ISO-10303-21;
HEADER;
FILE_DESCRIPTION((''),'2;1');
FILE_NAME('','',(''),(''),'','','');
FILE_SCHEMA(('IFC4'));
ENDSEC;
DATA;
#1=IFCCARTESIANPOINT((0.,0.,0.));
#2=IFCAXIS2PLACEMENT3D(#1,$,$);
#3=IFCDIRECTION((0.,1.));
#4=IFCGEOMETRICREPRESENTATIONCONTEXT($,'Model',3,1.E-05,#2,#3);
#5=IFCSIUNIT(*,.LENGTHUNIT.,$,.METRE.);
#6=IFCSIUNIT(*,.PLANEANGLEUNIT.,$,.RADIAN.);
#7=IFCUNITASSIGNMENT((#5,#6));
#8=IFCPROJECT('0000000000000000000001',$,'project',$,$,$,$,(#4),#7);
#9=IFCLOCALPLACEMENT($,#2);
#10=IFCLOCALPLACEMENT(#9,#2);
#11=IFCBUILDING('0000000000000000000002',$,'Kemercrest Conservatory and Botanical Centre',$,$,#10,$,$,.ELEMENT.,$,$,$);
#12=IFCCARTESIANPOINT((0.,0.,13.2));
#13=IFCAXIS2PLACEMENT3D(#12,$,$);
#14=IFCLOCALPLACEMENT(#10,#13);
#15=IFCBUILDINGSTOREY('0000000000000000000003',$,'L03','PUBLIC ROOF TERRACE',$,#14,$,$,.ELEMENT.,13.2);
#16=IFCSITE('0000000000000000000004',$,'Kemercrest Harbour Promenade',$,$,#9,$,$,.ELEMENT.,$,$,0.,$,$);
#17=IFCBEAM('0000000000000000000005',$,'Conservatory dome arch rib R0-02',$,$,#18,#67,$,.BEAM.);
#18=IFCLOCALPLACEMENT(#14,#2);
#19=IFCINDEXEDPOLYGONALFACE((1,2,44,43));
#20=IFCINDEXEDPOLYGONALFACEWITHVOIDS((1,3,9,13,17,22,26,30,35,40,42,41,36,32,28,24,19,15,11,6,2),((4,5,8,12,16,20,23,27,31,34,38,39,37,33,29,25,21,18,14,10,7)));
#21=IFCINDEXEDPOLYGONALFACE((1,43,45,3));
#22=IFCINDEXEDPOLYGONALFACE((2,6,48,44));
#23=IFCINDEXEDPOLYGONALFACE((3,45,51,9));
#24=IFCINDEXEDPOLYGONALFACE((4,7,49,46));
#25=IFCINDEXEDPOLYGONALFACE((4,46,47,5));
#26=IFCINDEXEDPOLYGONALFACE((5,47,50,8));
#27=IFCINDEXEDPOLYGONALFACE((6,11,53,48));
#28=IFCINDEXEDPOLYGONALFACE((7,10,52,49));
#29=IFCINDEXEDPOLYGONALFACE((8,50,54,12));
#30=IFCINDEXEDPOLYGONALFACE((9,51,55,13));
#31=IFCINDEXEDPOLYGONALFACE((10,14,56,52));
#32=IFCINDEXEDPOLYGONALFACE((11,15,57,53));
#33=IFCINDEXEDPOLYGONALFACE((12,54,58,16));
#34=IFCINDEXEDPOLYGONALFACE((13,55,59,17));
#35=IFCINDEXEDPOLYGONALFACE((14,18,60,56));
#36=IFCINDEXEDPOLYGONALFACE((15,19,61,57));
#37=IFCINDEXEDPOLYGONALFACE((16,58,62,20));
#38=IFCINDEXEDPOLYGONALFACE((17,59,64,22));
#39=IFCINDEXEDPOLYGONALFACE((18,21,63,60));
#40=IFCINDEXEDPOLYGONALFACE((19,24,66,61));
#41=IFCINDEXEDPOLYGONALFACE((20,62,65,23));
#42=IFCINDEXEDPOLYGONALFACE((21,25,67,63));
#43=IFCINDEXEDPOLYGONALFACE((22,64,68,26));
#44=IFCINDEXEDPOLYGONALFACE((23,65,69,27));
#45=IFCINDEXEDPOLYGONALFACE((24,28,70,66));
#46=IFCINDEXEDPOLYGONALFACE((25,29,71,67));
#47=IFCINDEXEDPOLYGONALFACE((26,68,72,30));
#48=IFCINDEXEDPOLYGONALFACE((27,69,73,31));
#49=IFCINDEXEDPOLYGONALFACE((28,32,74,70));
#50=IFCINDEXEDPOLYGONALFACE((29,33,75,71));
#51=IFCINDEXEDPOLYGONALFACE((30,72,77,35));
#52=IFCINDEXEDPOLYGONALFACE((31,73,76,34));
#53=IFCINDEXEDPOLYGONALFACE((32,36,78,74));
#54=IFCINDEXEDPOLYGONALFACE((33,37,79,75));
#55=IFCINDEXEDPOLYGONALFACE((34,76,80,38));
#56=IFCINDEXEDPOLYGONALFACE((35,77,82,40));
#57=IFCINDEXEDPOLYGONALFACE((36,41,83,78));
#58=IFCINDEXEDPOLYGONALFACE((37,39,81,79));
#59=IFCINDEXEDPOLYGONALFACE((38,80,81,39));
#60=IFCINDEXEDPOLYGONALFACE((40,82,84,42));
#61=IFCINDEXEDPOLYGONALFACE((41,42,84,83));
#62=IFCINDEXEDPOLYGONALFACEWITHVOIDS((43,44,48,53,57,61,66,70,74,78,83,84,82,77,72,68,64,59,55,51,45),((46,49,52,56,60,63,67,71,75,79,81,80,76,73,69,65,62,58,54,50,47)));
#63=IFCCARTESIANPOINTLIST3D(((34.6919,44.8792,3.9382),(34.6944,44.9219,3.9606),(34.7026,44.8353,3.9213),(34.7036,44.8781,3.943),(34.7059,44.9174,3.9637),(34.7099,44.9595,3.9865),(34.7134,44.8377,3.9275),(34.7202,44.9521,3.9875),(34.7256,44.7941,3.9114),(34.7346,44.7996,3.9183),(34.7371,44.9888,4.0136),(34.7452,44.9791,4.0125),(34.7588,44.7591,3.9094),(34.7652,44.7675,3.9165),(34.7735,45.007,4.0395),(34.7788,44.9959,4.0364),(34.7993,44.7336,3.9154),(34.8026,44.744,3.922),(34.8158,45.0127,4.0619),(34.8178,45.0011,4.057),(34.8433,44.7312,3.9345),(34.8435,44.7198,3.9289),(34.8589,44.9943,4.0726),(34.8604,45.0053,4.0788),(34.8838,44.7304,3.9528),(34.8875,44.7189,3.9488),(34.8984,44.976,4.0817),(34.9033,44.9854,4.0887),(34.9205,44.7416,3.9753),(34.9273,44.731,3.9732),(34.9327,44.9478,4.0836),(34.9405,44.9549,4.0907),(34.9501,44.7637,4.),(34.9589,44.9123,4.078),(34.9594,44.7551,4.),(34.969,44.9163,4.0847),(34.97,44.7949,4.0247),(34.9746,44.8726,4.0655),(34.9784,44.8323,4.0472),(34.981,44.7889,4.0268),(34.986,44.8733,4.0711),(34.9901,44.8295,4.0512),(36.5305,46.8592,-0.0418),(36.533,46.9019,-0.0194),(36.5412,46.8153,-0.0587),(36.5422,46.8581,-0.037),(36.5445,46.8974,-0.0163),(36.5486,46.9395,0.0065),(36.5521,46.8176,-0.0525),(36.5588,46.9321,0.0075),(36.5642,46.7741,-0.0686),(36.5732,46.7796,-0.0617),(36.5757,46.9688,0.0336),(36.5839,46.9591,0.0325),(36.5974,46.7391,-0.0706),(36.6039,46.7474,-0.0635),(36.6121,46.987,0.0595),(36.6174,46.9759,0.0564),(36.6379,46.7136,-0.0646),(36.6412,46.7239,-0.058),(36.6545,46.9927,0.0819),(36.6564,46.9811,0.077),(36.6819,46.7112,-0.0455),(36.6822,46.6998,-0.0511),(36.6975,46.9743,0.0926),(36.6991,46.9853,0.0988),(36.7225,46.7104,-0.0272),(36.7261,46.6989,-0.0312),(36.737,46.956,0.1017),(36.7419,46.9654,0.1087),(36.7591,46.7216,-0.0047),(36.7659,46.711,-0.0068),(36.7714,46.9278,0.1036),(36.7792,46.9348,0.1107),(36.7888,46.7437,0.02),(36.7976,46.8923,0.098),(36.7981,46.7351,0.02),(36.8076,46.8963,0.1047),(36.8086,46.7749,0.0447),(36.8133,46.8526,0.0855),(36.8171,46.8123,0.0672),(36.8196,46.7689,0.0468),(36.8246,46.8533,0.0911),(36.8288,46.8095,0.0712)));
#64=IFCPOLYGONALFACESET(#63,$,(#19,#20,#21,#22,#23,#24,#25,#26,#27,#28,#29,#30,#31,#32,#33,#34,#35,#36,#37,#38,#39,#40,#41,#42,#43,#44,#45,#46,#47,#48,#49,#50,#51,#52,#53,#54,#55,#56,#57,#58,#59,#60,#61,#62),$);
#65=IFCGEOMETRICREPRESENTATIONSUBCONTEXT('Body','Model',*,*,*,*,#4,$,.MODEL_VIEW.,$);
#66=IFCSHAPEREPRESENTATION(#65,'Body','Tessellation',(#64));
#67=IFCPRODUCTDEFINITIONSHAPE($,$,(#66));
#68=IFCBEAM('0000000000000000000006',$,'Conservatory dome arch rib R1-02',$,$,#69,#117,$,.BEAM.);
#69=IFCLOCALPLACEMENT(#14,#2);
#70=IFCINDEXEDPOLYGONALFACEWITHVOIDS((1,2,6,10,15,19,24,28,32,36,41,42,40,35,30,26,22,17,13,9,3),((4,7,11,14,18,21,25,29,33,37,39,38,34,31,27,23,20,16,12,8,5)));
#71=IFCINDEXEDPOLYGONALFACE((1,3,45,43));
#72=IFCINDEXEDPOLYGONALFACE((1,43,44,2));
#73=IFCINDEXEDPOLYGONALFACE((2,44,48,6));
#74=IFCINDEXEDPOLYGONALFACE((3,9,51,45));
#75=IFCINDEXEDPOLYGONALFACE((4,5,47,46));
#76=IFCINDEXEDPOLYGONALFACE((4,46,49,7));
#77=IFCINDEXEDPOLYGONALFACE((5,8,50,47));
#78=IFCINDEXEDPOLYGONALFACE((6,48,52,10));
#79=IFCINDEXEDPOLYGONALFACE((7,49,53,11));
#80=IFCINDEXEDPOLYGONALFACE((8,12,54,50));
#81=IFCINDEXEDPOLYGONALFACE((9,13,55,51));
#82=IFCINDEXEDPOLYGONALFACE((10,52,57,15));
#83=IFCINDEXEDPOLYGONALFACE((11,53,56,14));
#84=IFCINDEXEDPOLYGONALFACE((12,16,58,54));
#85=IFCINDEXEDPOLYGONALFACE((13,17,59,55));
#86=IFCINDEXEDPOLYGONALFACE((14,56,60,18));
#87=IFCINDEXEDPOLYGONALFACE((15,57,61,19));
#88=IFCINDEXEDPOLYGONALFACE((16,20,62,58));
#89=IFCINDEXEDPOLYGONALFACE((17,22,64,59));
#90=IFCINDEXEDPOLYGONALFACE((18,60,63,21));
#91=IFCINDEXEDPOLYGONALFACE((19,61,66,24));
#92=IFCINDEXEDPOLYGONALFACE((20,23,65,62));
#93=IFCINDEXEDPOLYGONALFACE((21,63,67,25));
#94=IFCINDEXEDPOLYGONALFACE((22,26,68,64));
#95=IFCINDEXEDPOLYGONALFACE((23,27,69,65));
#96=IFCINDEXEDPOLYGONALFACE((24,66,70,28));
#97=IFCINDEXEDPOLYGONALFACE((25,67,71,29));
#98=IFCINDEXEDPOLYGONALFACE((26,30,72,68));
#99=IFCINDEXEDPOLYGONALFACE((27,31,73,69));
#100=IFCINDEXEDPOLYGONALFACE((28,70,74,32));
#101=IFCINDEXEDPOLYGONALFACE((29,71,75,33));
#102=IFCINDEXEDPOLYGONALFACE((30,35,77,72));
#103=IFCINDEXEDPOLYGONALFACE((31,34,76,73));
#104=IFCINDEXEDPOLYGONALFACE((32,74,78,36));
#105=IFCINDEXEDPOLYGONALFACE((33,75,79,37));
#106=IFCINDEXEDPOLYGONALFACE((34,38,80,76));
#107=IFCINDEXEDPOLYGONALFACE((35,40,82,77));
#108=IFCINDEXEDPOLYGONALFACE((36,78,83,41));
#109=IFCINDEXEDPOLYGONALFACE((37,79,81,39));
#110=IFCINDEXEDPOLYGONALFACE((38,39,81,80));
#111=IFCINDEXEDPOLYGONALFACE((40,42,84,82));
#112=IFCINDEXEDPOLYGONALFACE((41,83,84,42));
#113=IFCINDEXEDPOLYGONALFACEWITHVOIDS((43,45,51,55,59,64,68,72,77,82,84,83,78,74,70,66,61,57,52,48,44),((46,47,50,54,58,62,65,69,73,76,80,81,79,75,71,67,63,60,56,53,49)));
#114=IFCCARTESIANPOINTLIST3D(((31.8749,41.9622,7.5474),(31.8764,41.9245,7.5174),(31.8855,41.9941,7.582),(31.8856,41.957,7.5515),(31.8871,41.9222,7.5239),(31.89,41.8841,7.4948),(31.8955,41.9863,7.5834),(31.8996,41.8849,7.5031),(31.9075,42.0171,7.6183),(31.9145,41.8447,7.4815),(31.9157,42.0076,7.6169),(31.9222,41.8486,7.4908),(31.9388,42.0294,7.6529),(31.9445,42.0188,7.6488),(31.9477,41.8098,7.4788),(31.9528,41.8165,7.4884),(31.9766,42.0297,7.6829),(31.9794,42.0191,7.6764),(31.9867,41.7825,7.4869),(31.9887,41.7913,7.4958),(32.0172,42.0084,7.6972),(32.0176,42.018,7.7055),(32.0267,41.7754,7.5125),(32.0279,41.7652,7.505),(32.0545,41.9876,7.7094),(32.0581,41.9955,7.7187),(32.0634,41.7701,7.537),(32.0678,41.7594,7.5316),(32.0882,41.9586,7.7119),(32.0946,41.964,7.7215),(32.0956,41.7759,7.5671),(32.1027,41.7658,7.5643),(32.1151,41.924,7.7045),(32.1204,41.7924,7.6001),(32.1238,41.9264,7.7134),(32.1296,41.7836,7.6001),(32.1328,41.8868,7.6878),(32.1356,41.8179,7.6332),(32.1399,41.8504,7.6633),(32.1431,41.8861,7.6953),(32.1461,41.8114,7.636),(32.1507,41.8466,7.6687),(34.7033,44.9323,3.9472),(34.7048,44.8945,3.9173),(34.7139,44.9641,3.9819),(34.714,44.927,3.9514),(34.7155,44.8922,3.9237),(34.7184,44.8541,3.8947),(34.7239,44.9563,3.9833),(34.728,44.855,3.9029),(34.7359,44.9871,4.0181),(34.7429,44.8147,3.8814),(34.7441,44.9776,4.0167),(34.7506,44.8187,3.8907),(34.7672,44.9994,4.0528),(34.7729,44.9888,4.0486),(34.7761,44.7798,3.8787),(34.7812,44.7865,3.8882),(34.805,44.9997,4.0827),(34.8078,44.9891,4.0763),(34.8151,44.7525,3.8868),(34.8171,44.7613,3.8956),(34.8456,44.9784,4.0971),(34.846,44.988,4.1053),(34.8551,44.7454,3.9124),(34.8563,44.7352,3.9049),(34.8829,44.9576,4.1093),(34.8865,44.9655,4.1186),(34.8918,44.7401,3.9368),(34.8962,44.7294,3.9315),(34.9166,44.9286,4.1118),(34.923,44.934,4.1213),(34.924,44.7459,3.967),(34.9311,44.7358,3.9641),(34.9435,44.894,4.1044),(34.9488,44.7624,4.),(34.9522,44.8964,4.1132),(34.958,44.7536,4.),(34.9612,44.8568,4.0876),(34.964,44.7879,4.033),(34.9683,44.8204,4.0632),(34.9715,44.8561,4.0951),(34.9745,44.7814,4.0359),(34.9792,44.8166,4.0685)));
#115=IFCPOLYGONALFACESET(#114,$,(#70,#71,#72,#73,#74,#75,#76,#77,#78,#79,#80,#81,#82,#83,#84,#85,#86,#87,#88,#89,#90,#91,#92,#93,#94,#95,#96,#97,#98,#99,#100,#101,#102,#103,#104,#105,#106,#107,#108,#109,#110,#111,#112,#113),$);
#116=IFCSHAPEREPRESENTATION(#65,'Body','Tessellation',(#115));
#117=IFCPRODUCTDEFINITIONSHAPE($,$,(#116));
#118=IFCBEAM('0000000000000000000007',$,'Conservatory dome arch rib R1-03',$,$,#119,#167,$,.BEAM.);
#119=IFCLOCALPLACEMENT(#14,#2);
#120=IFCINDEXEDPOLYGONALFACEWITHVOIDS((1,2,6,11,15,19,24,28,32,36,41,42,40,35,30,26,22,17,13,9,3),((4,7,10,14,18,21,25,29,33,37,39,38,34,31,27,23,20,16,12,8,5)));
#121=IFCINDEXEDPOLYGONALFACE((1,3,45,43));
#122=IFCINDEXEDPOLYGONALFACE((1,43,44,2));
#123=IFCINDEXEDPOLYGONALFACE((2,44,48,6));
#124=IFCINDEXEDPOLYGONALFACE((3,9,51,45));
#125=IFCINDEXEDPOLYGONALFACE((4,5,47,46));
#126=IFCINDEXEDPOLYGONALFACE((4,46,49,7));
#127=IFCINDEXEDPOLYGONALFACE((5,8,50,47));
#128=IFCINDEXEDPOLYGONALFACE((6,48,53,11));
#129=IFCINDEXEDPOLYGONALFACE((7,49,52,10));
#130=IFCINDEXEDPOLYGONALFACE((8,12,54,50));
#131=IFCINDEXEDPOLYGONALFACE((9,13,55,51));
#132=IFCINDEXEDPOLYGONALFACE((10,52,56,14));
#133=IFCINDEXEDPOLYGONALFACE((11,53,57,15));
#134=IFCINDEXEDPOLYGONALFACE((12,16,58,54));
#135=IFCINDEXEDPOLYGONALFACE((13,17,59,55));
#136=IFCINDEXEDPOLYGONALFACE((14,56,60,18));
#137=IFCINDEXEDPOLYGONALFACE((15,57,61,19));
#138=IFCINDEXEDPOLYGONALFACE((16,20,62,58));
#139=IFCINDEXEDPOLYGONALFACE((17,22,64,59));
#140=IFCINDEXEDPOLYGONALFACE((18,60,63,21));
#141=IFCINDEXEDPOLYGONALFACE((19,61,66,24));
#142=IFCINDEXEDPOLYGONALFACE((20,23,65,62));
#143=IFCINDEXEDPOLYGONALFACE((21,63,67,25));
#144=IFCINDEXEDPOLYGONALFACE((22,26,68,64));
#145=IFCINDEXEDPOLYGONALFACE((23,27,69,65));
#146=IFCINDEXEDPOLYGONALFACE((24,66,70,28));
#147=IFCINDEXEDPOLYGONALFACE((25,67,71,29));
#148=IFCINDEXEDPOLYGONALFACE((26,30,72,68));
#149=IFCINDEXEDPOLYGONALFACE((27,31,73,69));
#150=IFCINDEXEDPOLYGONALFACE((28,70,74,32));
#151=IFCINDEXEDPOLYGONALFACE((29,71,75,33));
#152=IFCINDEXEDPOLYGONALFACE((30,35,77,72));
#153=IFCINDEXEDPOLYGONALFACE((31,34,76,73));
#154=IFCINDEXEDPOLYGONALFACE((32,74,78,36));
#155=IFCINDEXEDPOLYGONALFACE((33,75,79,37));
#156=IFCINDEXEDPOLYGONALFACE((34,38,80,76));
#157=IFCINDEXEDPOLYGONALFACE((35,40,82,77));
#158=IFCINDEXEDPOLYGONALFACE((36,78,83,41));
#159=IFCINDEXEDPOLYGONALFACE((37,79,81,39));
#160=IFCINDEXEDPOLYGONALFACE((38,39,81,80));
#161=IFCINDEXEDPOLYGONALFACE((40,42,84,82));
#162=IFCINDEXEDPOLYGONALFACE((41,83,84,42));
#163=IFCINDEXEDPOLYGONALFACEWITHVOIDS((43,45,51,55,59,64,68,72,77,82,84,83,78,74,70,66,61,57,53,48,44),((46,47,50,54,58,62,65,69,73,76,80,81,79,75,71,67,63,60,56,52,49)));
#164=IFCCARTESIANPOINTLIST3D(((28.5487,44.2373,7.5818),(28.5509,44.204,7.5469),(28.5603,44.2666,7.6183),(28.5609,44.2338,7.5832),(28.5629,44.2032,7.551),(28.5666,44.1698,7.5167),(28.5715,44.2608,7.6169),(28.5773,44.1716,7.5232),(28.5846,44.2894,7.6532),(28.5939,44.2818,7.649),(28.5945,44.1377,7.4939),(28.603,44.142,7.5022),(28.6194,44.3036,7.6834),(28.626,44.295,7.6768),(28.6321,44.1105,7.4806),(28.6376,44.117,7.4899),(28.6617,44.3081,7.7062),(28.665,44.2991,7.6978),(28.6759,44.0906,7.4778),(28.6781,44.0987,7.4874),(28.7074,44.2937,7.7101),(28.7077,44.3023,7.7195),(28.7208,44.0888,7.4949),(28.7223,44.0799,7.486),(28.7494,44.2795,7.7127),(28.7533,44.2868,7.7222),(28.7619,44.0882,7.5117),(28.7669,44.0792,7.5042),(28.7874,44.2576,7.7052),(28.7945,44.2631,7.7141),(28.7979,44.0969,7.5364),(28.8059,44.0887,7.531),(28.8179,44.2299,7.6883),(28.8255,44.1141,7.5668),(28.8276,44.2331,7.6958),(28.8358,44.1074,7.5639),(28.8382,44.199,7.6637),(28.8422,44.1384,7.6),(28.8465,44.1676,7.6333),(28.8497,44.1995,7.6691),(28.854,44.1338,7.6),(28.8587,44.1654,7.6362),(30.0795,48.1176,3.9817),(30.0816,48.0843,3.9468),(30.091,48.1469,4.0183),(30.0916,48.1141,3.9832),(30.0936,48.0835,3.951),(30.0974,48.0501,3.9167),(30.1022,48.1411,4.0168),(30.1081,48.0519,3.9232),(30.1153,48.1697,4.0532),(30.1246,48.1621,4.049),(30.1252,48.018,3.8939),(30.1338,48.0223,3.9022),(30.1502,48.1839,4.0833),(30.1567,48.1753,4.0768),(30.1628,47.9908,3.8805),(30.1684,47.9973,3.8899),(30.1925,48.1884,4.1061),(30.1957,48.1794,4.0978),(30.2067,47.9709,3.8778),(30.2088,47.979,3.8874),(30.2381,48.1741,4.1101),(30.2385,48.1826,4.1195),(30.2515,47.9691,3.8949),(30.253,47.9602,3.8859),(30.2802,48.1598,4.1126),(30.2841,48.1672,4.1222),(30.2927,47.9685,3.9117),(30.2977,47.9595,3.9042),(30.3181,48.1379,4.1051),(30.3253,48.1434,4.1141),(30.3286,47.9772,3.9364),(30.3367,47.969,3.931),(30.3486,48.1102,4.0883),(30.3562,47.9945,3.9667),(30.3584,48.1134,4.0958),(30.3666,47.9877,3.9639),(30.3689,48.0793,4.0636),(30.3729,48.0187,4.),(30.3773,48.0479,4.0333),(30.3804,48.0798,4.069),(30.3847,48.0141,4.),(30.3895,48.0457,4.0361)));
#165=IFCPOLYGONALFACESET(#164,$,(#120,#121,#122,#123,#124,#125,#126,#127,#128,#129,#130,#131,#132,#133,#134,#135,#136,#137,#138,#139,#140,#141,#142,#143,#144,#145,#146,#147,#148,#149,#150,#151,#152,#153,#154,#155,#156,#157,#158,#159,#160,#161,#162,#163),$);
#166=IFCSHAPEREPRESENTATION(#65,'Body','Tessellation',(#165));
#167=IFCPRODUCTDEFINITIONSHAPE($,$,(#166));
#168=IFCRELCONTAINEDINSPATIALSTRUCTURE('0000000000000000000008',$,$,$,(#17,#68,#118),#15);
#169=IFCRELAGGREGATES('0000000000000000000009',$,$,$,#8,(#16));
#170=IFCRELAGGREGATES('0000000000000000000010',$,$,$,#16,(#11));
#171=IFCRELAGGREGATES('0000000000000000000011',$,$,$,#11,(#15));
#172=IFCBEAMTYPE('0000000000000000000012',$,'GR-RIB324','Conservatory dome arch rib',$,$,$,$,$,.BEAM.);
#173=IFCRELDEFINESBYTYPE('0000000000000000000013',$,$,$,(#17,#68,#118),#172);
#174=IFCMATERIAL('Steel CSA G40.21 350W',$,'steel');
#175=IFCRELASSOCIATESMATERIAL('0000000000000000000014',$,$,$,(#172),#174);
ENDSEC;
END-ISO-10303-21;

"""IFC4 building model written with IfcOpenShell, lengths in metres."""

from ifc_helpers import new_model, si_unit, direction, frame, origin, origin_2d, place, context, subcontext, project, spatial, hollow_circle, extrude, material, material_profile, profile_set, type_object, element, save


model = new_model("IFC4")

# Units and contexts
model_context = context("Model", 3, precision=1e-05, world=origin(), true_north=direction((0.0, 1.0)))
body_context = subcontext(model_context, "Body", "Model", "MODEL_VIEW")
ifc_project = project(units=[si_unit("LENGTHUNIT", "METRE"), si_unit("PLANEANGLEUNIT", "RADIAN")], contexts=[model_context])

# Site, building, storey
site_placement = place(None, origin())
site = spatial("IfcSite", under=ifc_project, at=site_placement, Name="Kemercrest Harbour Promenade", CompositionType="ELEMENT", RefElevation=0.0)
building_placement = place(site_placement, origin())
building = spatial("IfcBuilding", under=site, at=building_placement, Name="Kemercrest Conservatory and Botanical Centre", CompositionType="ELEMENT")
storey_placement = place(building_placement, frame((0.0, 0.0, 13.2)))
storey = spatial("IfcBuildingStorey", under=building, at=storey_placement, Name="L03", Description="PUBLIC ROOF TERRACE", CompositionType="ELEMENT", Elevation=13.2)

# Shared definitions
ifc_material_1 = material(Name="Steel CSA G40.21 350W", Category="steel")

# Beams
ifc_material_profile_1 = material_profile(ifc_material_1, hollow_circle(Radius=0.1619, WallThickness=0.0127, at=origin_2d()), Name="CHS 323.9x12.7")
ifc_profile_set_1 = profile_set([ifc_material_profile_1], Name="Steel CSA G40.21 350W")
beam_type_1 = type_object("IfcBeamType", Name="GR-RIB324", Description="Conservatory dome arch rib", PredefinedType="BEAM", material=ifc_profile_set_1)
beam_1_placement = place(storey_placement, frame((36.6794, 46.8452, 0.02), z_axis=(-0.382209, -0.411594, 0.827349), x_axis=(0.732781, -0.680465, 0.0)))
element("IfcBeam", 1, at=beam_1_placement, inside=storey, type_object=beam_type_1, Name="Conservatory dome arch rib R0-02", PredefinedType="BEAM", context=body_context, shape_type="SweptSolid", body=[
    extrude(hollow_circle(Radius=0.1619, WallThickness=0.0127, at=origin_2d()), origin(), (0.0, 0.0, 1.0), 4.8105),
])
beam_2_placement = place(storey_placement, frame((34.8408, 44.8652, 4.0), z_axis=(-0.518282, -0.544229, 0.659696), x_axis=(0.724159, -0.689633, 0.0)))
element("IfcBeam", 2, at=beam_2_placement, inside=storey, type_object=beam_type_1, Name="Conservatory dome arch rib R1-02", PredefinedType="BEAM", context=body_context, shape_type="SweptSolid", body=[
    extrude(hollow_circle(Radius=0.1619, WallThickness=0.0127, at=origin_2d()), origin(), (0.0, 0.0, 1.0), 5.4573),
])
beam_3_placement = place(storey_placement, frame((30.2341, 48.0735, 4.0), z_axis=(-0.27781, -0.704229, 0.653363), x_axis=(0.930234, -0.366967, 0.0)))
element("IfcBeam", 3, at=beam_3_placement, inside=storey, type_object=beam_type_1, Name="Conservatory dome arch rib R1-03", PredefinedType="BEAM", context=body_context, shape_type="SweptSolid", body=[
    extrude(hollow_circle(Radius=0.1619, WallThickness=0.0127, at=origin_2d()), origin(), (0.0, 0.0, 1.0), 5.51),
])

save(model, "model.ifc")
